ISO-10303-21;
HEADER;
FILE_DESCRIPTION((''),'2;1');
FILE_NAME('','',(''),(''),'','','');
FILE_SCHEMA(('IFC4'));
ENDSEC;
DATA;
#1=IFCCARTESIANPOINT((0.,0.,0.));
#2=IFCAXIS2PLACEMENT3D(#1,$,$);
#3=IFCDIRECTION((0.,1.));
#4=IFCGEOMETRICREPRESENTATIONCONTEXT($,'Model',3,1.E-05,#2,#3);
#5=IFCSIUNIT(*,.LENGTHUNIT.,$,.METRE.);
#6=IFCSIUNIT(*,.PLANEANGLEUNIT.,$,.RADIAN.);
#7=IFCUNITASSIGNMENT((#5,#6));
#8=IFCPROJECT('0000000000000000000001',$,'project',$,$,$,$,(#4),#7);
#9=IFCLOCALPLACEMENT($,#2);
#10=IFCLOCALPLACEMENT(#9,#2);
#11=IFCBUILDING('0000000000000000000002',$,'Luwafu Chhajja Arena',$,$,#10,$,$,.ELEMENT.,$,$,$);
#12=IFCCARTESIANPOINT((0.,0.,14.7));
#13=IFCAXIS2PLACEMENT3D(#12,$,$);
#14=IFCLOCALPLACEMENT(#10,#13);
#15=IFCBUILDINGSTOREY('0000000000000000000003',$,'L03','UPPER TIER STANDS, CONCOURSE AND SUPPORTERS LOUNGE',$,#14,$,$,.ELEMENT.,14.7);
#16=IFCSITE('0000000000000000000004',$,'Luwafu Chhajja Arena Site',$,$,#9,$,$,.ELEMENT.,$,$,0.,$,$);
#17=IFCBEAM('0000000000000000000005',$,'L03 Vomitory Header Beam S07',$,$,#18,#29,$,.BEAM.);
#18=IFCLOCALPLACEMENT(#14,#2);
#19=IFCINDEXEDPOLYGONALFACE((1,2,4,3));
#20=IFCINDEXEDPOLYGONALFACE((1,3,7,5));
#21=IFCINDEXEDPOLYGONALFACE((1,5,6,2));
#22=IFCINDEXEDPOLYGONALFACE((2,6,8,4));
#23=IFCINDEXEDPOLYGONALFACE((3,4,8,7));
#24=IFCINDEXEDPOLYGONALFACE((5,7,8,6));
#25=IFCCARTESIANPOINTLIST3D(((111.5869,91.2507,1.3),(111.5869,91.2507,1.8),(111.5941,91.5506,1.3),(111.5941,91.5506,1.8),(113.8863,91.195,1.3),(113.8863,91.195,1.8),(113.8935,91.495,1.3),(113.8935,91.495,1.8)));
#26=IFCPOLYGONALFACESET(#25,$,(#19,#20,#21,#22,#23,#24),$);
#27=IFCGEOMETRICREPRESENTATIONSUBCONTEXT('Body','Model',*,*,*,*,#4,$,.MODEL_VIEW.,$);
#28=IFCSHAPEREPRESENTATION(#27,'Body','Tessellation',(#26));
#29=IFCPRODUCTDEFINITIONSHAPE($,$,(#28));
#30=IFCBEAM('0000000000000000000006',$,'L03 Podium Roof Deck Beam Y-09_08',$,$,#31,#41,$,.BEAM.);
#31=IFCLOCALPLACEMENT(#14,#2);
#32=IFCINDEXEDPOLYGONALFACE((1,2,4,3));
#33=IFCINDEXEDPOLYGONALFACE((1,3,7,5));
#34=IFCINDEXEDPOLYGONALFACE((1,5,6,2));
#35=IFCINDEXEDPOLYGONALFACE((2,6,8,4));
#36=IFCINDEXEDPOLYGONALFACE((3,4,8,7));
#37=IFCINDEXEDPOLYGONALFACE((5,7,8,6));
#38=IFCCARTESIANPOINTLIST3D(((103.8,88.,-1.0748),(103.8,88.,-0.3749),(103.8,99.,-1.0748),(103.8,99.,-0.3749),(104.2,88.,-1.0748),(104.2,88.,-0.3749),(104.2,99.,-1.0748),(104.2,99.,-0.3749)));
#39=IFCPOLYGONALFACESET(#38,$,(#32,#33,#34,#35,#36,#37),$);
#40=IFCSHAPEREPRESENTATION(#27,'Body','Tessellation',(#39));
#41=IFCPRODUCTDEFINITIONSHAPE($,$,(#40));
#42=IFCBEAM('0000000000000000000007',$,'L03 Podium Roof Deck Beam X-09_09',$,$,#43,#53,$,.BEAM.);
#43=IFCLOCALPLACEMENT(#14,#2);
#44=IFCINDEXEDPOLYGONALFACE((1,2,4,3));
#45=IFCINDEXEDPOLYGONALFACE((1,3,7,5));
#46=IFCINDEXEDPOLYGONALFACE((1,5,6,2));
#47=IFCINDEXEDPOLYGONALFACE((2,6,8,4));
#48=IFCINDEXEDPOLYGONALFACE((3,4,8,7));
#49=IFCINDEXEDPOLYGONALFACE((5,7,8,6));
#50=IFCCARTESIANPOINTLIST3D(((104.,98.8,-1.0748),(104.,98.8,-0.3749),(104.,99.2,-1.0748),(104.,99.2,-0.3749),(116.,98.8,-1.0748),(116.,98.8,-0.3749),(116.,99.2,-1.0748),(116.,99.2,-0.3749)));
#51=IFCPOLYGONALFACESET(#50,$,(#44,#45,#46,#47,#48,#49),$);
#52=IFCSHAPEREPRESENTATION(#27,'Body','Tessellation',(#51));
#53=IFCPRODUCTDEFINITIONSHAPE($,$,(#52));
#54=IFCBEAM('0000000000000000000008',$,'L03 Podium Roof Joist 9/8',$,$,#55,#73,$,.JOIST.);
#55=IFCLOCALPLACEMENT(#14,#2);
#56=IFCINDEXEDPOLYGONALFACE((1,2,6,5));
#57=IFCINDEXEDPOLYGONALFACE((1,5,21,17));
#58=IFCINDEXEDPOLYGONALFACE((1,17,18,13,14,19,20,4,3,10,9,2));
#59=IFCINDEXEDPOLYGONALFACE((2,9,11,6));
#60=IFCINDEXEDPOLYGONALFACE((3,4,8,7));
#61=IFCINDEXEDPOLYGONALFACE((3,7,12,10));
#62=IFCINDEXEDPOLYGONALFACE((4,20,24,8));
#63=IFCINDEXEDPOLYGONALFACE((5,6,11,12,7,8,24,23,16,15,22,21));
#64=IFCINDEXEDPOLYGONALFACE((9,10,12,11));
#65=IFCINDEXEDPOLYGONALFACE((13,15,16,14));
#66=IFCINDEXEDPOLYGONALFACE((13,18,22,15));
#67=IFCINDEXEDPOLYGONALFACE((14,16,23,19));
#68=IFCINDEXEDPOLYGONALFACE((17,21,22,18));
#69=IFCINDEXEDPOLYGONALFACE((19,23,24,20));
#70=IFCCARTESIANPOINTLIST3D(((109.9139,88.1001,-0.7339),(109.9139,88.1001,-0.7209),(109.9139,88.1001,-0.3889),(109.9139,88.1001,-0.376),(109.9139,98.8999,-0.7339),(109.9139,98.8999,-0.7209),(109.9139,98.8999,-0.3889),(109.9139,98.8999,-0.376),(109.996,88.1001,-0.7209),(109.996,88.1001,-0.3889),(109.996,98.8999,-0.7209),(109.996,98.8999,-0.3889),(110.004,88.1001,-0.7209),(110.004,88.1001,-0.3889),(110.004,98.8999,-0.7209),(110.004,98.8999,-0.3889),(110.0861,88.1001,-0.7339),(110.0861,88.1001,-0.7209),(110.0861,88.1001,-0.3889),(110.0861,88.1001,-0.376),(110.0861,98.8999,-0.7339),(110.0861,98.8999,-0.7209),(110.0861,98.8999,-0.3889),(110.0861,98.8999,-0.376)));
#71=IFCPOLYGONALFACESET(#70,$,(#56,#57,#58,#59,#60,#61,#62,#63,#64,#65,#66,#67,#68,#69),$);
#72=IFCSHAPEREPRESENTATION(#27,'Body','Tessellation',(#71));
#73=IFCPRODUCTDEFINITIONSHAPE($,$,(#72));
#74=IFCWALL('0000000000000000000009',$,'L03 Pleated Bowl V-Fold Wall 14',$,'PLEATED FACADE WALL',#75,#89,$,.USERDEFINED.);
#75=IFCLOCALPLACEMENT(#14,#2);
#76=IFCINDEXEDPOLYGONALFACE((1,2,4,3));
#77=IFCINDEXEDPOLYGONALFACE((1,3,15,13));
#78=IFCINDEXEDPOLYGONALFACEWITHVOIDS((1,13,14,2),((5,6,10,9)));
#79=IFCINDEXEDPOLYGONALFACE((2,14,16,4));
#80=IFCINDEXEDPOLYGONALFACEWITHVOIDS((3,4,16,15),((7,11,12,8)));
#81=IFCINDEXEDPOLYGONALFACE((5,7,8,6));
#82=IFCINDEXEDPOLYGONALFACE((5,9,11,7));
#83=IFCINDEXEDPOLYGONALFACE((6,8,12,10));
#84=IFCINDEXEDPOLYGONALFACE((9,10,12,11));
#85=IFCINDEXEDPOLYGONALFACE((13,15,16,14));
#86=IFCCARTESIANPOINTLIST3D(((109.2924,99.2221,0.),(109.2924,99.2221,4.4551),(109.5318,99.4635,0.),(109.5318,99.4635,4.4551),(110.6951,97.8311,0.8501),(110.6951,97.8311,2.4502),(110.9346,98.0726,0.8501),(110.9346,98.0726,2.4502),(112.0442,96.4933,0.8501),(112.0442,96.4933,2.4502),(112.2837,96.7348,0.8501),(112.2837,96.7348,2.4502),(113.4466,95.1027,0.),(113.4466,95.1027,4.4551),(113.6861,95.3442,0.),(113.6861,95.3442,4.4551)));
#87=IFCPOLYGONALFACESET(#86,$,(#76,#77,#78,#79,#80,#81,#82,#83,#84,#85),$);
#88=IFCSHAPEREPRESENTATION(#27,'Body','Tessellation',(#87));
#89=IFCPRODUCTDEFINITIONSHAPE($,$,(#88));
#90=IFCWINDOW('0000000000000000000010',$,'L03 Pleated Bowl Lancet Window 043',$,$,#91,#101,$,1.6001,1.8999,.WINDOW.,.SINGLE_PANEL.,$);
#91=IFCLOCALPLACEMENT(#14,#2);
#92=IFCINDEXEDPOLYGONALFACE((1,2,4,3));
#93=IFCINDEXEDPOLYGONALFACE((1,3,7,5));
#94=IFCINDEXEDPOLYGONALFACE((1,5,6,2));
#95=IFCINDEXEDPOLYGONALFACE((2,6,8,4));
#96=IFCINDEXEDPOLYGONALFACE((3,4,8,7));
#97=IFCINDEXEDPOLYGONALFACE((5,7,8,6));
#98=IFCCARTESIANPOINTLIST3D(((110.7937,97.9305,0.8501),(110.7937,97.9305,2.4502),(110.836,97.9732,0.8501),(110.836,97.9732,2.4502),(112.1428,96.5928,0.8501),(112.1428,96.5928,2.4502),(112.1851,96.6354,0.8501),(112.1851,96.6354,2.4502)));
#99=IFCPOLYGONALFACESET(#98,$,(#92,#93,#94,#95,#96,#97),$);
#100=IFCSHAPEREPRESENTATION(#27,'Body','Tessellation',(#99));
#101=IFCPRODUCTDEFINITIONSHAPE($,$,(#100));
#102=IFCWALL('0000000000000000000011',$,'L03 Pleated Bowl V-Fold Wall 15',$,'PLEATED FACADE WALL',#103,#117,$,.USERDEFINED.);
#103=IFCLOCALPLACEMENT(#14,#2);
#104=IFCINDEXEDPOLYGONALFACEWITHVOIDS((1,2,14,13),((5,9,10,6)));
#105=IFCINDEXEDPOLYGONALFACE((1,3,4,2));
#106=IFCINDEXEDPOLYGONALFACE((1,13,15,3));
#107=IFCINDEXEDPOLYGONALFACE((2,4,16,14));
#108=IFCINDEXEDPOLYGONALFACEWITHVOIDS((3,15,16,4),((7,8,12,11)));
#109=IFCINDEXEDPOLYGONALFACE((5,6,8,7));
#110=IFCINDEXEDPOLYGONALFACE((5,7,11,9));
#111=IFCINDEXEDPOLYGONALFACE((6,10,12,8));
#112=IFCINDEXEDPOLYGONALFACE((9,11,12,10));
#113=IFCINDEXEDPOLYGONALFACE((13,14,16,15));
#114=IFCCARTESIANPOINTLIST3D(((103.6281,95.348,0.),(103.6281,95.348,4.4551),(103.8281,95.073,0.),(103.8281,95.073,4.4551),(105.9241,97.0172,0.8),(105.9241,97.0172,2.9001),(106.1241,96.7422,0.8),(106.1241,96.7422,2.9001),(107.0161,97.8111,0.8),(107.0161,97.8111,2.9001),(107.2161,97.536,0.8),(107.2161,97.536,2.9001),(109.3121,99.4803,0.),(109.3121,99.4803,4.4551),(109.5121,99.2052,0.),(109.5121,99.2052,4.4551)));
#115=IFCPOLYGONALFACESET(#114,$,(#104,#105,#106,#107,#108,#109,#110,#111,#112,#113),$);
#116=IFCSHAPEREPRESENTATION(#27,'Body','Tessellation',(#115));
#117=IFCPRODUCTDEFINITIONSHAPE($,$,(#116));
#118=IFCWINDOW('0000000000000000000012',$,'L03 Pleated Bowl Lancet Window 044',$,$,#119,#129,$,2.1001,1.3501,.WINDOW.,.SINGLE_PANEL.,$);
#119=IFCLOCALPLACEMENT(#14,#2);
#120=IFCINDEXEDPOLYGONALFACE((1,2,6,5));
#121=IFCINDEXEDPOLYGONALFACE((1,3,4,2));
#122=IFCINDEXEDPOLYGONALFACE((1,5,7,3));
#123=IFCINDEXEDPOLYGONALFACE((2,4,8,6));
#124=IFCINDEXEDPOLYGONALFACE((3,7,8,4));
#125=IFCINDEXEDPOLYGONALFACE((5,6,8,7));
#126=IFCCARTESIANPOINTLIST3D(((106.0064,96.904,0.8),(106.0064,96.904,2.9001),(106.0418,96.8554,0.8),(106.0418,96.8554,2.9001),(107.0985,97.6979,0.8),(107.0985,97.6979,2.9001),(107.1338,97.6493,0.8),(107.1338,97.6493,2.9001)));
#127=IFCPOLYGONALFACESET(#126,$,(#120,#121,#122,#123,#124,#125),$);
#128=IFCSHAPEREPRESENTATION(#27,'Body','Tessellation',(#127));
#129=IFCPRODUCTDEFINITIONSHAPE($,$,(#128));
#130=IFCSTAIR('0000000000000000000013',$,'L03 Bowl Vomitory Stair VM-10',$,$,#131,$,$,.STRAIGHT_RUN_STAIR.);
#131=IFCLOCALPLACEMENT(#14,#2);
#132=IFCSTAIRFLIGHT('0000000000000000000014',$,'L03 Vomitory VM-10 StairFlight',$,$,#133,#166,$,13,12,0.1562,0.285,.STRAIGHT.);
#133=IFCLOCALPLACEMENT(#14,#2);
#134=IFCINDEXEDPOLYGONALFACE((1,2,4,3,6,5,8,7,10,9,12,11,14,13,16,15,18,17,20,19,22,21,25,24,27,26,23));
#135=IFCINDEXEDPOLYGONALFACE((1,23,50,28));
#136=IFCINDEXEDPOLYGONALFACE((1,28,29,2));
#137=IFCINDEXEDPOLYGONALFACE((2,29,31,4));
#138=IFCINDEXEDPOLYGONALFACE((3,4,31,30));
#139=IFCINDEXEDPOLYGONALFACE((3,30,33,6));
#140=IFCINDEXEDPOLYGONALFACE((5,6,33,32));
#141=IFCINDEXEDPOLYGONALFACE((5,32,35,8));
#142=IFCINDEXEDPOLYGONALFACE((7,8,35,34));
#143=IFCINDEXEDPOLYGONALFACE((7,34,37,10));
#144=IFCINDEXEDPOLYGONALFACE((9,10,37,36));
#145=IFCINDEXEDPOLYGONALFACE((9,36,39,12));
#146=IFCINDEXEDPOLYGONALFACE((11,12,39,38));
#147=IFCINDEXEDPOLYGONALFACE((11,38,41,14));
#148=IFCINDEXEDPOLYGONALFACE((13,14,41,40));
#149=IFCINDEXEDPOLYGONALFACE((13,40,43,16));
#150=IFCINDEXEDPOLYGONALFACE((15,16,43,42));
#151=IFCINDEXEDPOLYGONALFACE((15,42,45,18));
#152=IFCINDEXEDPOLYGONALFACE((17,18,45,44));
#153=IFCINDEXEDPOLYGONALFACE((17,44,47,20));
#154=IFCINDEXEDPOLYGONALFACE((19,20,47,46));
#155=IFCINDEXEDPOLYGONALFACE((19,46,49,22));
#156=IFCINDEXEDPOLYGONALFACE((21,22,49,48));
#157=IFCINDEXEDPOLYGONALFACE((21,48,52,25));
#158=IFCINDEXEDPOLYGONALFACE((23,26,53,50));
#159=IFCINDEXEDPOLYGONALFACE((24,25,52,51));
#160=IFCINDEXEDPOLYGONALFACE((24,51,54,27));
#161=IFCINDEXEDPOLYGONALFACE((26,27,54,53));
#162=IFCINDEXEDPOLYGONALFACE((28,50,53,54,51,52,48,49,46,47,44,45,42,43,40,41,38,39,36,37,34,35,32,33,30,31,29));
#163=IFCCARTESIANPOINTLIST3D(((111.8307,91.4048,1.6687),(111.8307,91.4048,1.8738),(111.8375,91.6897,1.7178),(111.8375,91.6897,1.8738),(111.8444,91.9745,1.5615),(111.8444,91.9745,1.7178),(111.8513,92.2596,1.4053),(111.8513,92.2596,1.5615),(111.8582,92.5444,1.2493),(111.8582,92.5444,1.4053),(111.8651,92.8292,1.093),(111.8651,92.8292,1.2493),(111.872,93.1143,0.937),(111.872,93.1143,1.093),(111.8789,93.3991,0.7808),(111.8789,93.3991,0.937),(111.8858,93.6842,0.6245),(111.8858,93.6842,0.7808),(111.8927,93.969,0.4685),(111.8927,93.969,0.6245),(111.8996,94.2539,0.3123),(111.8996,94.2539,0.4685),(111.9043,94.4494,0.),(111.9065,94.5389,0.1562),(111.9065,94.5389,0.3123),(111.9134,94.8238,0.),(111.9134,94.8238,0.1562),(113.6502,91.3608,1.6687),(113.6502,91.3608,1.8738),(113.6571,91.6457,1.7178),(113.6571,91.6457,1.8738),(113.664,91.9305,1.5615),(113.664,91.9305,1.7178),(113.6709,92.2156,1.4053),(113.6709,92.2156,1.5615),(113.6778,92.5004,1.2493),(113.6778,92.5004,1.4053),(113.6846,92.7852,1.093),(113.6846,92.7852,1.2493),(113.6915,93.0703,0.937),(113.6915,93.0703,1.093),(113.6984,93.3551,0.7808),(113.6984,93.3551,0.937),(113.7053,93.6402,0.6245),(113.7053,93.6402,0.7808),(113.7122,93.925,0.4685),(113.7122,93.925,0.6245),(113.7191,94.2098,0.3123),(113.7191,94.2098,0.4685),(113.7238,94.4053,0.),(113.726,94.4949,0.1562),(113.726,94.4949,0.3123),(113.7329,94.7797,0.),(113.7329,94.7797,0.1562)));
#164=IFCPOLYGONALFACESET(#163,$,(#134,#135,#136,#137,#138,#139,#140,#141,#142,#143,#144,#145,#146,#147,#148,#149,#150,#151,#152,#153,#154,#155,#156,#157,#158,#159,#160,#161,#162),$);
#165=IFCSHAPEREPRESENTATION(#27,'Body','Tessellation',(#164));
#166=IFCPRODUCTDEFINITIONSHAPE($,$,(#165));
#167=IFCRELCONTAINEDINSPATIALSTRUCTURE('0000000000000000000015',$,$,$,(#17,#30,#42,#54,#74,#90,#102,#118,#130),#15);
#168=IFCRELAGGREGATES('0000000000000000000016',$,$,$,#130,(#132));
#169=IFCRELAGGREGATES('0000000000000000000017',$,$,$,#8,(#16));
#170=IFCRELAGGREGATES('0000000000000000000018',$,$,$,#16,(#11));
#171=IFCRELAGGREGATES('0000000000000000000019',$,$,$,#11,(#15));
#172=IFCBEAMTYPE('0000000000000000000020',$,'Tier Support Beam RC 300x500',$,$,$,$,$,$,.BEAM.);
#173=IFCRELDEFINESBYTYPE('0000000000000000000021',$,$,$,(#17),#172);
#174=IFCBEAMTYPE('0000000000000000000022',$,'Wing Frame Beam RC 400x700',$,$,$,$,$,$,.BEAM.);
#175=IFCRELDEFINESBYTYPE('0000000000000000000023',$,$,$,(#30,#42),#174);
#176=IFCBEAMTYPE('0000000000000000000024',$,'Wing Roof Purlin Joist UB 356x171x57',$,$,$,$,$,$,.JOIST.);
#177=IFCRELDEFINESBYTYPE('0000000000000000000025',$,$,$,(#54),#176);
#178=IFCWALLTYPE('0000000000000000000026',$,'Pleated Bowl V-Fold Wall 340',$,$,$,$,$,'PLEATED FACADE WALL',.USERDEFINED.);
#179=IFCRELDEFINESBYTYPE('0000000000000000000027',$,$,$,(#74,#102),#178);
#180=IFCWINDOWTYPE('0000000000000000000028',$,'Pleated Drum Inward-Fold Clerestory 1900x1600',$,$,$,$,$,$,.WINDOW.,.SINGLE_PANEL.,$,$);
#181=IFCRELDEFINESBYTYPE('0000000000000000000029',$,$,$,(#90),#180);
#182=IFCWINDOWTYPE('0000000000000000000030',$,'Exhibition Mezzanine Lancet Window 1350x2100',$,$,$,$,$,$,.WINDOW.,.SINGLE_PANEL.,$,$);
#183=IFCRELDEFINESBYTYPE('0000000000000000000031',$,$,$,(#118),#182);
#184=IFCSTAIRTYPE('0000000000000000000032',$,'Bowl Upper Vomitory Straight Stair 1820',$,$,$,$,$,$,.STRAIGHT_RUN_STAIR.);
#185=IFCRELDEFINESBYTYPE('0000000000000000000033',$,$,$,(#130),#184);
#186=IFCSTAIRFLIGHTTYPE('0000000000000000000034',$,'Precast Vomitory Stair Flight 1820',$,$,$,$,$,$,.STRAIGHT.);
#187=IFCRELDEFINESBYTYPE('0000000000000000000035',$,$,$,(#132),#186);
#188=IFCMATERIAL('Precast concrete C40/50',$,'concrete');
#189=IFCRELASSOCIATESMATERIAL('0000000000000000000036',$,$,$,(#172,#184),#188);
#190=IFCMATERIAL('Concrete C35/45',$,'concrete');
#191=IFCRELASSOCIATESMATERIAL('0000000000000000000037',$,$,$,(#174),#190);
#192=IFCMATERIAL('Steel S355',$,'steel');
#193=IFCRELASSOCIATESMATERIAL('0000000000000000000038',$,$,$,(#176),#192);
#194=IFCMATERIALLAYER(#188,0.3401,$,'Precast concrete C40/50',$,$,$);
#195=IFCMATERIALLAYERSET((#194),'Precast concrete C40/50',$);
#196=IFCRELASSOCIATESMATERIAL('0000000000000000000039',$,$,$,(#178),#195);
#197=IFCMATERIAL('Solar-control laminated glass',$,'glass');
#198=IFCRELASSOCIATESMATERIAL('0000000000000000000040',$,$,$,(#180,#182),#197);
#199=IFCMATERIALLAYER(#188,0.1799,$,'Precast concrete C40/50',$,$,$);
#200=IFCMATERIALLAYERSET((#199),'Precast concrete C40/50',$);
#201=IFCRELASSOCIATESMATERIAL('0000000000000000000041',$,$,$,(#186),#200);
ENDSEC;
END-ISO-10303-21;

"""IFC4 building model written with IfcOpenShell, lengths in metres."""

from ifc_helpers import new_model, si_unit, direction, frame, frame_2d, origin, origin_2d, place, context, subcontext, project, spatial, polyline, rectangle, i_section, outline, extrude, material, layer, layer_set, material_profile, profile_set, type_object, element, fill, aggregate, save


model = new_model("IFC4")

# Units and contexts
model_context = context("Model", 3, precision=1e-05, world=origin(), true_north=direction((0.0, 1.0)))
body_context = subcontext(model_context, "Body", "Model", "MODEL_VIEW")
ifc_project = project(units=[si_unit("LENGTHUNIT", "METRE"), si_unit("PLANEANGLEUNIT", "RADIAN")], contexts=[model_context])

# Site, building, storey
site_placement = place(None, origin())
site = spatial("IfcSite", under=ifc_project, at=site_placement, Name="Luwafu Chhajja Arena Site", CompositionType="ELEMENT", RefElevation=0.0)
building_placement = place(site_placement, origin())
building = spatial("IfcBuilding", under=site, at=building_placement, Name="Luwafu Chhajja Arena", CompositionType="ELEMENT")
storey_placement = place(building_placement, frame((0.0, 0.0, 14.7)))
storey = spatial("IfcBuildingStorey", under=building, at=storey_placement, Name="L03", Description="UPPER TIER STANDS, CONCOURSE AND SUPPORTERS LOUNGE", CompositionType="ELEMENT", Elevation=14.7)

# Shared definitions
ifc_material_1 = material(Name="Concrete C35/45", Category="concrete")
ifc_material_2 = material(Name="Steel S355", Category="steel")

# Beams
ifc_material_3 = material(Name="Precast concrete C40/50", Category="concrete")
ifc_material_profile_1 = material_profile(ifc_material_3, rectangle(XDim=0.3, YDim=0.5, at=origin_2d()), Name="RC 300x500")
ifc_profile_set_1 = profile_set([ifc_material_profile_1], Name="Precast concrete C40/50")
beam_type_1 = type_object("IfcBeamType", Name="Tier Support Beam RC 300x500", PredefinedType="BEAM", material=ifc_profile_set_1)
beam_1_placement = place(storey_placement, frame((113.8899, 91.345, 1.55), z_axis=(-0.999707, 0.024202, 0.0), x_axis=(-0.024202, -0.999707, 0.0)))
element("IfcBeam", 1, at=beam_1_placement, inside=storey, type_object=beam_type_1, Name="L03 Vomitory Header Beam S07", PredefinedType="BEAM", context=body_context, shape_type="SweptSolid", body=[
    extrude(rectangle(XDim=0.3, YDim=0.5, at=origin_2d()), origin(), (0.0, 0.0, 1.0), 2.3),
])
ifc_material_profile_2 = material_profile(ifc_material_1, rectangle(XDim=0.3999, YDim=0.7, at=origin_2d()), Name="RC 400x700")
ifc_profile_set_2 = profile_set([ifc_material_profile_2], Name="Concrete C35/45")
beam_type_2 = type_object("IfcBeamType", Name="Wing Frame Beam RC 400x700", PredefinedType="BEAM", material=ifc_profile_set_2)
beam_2_placement = place(storey_placement, frame((104.0, 88.0, -0.7249), z_axis=(0.0, 1.0, 0.0), x_axis=(-1.0, 0.0, 0.0)))
element("IfcBeam", 2, at=beam_2_placement, inside=storey, type_object=beam_type_2, Name="L03 Podium Roof Deck Beam Y-09_08", PredefinedType="BEAM", context=body_context, shape_type="SweptSolid", body=[
    extrude(rectangle(XDim=0.3999, YDim=0.7, at=origin_2d()), origin(), (0.0, 0.0, 1.0), 11.0),
])
beam_3_placement = place(storey_placement, frame((104.0, 99.0, -0.7249), z_axis=(1.0, 0.0, 0.0), x_axis=(0.0, 1.0, 0.0)))
element("IfcBeam", 3, at=beam_3_placement, inside=storey, type_object=beam_type_2, Name="L03 Podium Roof Deck Beam X-09_09", PredefinedType="BEAM", context=body_context, shape_type="SweptSolid", body=[
    extrude(rectangle(XDim=0.3999, YDim=0.7, at=origin_2d()), origin(), (0.0, 0.0, 1.0), 12.0),
])
ifc_material_profile_3 = material_profile(ifc_material_2, i_section(OverallWidth=0.1721, OverallDepth=0.3579, WebThickness=0.0081, FlangeThickness=0.0129, at=origin_2d()), Name="UB 356x171x57")
ifc_profile_set_3 = profile_set([ifc_material_profile_3], Name="Steel S355")
beam_type_3 = type_object("IfcBeamType", Name="Wing Roof Purlin Joist UB 356x171x57", PredefinedType="JOIST", material=ifc_profile_set_3)
beam_4_placement = place(storey_placement, frame((110.0, 88.1001, -0.5549), z_axis=(0.0, 1.0, 0.0), x_axis=(-1.0, 0.0, 0.0)))
element("IfcBeam", 4, at=beam_4_placement, inside=storey, type_object=beam_type_3, Name="L03 Podium Roof Joist 9/8", PredefinedType="JOIST", context=body_context, shape_type="SweptSolid", body=[
    extrude(i_section(OverallWidth=0.1721, OverallDepth=0.3579, WebThickness=0.0081, FlangeThickness=0.0129, at=origin_2d()), origin(), (0.0, 0.0, 1.0), 10.7998),
])

# Walls, openings, windows
ifc_layer_1 = layer(ifc_material_3, 0.3401, Name="Precast concrete C40/50")
ifc_layer_set_1 = layer_set([ifc_layer_1], Name="Precast concrete C40/50")
wall_type = type_object("IfcWallType", Name="Pleated Bowl V-Fold Wall 340", ElementType="PLEATED FACADE WALL", PredefinedType="USERDEFINED", material=ifc_layer_set_1)
wall_1_placement = place(storey_placement, frame((113.5664, 95.2234, 0.0), z_axis=(0.0, 0.0, 1.0), x_axis=(-0.710084, 0.704117, 0.0)))
wall_1 = element("IfcWall", 5, at=wall_1_placement, inside=storey, type_object=wall_type, Name="L03 Pleated Bowl V-Fold Wall 14", ObjectType="PLEATED FACADE WALL", PredefinedType="USERDEFINED", context=body_context, shape_type="SweptSolid", body=[
    extrude(rectangle(XDim=5.8503, YDim=0.3401, at=frame_2d((2.9253, 0.0))), origin(), (0.0, 0.0, 1.0), 4.4551),
])
opening_1_placement = place(wall_1_placement, frame((1.9751, 0.0, 0.8501)))
opening_1 = element("IfcOpeningElement", 6, at=opening_1_placement, cuts=wall_1, PredefinedType="OPENING", context=body_context, shape_type="SweptSolid", body=[
    extrude(rectangle(XDim=1.8999, YDim=1.6001, at=frame_2d((0.95, 0.8))), frame((0.0, 0.1799, 0.0), z_axis=(0.0, -1.0, 0.0), x_axis=(1.0, 0.0, 0.0)), (0.0, 0.0, 1.0), 0.3601),
])
ifc_material_4 = material(Name="Solar-control laminated glass", Category="glass")
window_type_1 = type_object("IfcWindowType", Name="Pleated Drum Inward-Fold Clerestory 1900x1600", PartitioningType="SINGLE_PANEL", PredefinedType="WINDOW", material=ifc_material_4)
window_1_placement = place(opening_1_placement, origin())
window_1 = element("IfcWindow", 7, at=window_1_placement, inside=storey, type_object=window_type_1, Name="L03 Pleated Bowl Lancet Window 043", OverallHeight=1.6001, OverallWidth=1.8999, PartitioningType="SINGLE_PANEL", PredefinedType="WINDOW", context=body_context, shape_type="SweptSolid", body=[
    extrude(rectangle(XDim=1.8999, YDim=1.6001, at=frame_2d((0.95, 0.8))), frame((0.0, 0.03, 0.0), z_axis=(0.0, -1.0, 0.0), x_axis=(1.0, 0.0, 0.0)), (0.0, 0.0, 1.0), 0.0601),
])
fill(opening_1, window_1)
wall_2_placement = place(storey_placement, frame((109.4121, 99.3428, 0.0), z_axis=(0.0, 0.0, 1.0), x_axis=(-0.808841, -0.588027, 0.0)))
wall_2 = element("IfcWall", 8, at=wall_2_placement, inside=storey, type_object=wall_type, Name="L03 Pleated Bowl V-Fold Wall 15", ObjectType="PLEATED FACADE WALL", PredefinedType="USERDEFINED", context=body_context, shape_type="SweptSolid", body=[
    extrude(rectangle(XDim=7.0273, YDim=0.3401, at=frame_2d((3.5137, 0.0))), origin(), (0.0, 0.0, 1.0), 4.4551),
])
opening_2_placement = place(wall_2_placement, frame((2.8386, 0.0, 0.8)))
opening_2 = element("IfcOpeningElement", 9, at=opening_2_placement, cuts=wall_2, PredefinedType="OPENING", context=body_context, shape_type="SweptSolid", body=[
    extrude(rectangle(XDim=1.3501, YDim=2.1001, at=frame_2d((0.675, 1.05))), frame((0.0, 0.1799, 0.0), z_axis=(0.0, -1.0, 0.0), x_axis=(1.0, 0.0, 0.0)), (0.0, 0.0, 1.0), 0.3601),
])
window_type_2 = type_object("IfcWindowType", Name="Exhibition Mezzanine Lancet Window 1350x2100", PartitioningType="SINGLE_PANEL", PredefinedType="WINDOW", material=ifc_material_4)
window_2_placement = place(opening_2_placement, origin())
window_2 = element("IfcWindow", 10, at=window_2_placement, inside=storey, type_object=window_type_2, Name="L03 Pleated Bowl Lancet Window 044", OverallHeight=2.1001, OverallWidth=1.3501, PartitioningType="SINGLE_PANEL", PredefinedType="WINDOW", context=body_context, shape_type="SweptSolid", body=[
    extrude(rectangle(XDim=1.3501, YDim=2.1001, at=frame_2d((0.675, 1.05))), frame((0.0, 0.03, 0.0), z_axis=(0.0, -1.0, 0.0), x_axis=(1.0, 0.0, 0.0)), (0.0, 0.0, 1.0), 0.0601),
])
fill(opening_2, window_2)

# Stair, stair flight
stair_type = type_object("IfcStairType", Name="Bowl Upper Vomitory Straight Stair 1820", PredefinedType="STRAIGHT_RUN_STAIR", material=ifc_material_3)
stair_placement = place(storey_placement, origin())
stair = element("IfcStair", 11, at=stair_placement, inside=storey, type_object=stair_type, Name="L03 Bowl Vomitory Stair VM-10", PredefinedType="STRAIGHT_RUN_STAIR")
ifc_layer_2 = layer(ifc_material_3, 0.1799, Name="Precast concrete C40/50")
ifc_layer_set_2 = layer_set([ifc_layer_2], Name="Precast concrete C40/50")
stair_flight_type = type_object("IfcStairFlightType", Name="Precast Vomitory Stair Flight 1820", PredefinedType="STRAIGHT", material=ifc_layer_set_2)
stair_flight_placement = place(storey_placement, frame((112.823, 94.8018, 0.0), z_axis=(0.0, 0.0, 1.0), x_axis=(-0.024181, -0.999708, 0.0)))
stair_flight = element("IfcStairFlight", 12, at=stair_flight_placement, type_object=stair_flight_type, Name="L03 Vomitory VM-10 StairFlight", NumberOfRisers=13, NumberOfTreads=12, PredefinedType="STRAIGHT", RiserHeight=0.1562, TreadLength=0.285, context=body_context, shape_type="SweptSolid", body=[
    extrude(outline(polyline([(0.0, 0.0), (0.0, 0.1562), (0.2849, 0.1562), (0.2849, 0.3123), (0.5701, 0.3123), (0.5701, 0.4685), (0.855, 0.4685), (0.855, 0.6245), (1.1399, 0.6245), (1.1399, 0.7808), (1.425, 0.7808), (1.425, 0.937), (1.71, 0.937), (1.71, 1.093), (1.9951, 1.093), (1.9951, 1.2493), (2.28, 1.2493), (2.28, 1.4053), (2.5649, 1.4053), (2.5649, 1.5615), (2.8501, 1.5615), (2.8501, 1.7178), (3.135, 1.7178), (3.135, 1.8738), (3.4199, 1.8738), (3.4199, 2.03), (3.4199, 1.6687), (0.3745, 0.0), (0.0, 0.0)])), frame((0.0, 0.9102, 0.0), z_axis=(0.0, -1.0, 0.0), x_axis=(1.0, 0.0, 0.0)), (0.0, 0.0, 1.0), 1.8201),
])
aggregate(stair, [stair_flight])

save(model, "model.ifc")
